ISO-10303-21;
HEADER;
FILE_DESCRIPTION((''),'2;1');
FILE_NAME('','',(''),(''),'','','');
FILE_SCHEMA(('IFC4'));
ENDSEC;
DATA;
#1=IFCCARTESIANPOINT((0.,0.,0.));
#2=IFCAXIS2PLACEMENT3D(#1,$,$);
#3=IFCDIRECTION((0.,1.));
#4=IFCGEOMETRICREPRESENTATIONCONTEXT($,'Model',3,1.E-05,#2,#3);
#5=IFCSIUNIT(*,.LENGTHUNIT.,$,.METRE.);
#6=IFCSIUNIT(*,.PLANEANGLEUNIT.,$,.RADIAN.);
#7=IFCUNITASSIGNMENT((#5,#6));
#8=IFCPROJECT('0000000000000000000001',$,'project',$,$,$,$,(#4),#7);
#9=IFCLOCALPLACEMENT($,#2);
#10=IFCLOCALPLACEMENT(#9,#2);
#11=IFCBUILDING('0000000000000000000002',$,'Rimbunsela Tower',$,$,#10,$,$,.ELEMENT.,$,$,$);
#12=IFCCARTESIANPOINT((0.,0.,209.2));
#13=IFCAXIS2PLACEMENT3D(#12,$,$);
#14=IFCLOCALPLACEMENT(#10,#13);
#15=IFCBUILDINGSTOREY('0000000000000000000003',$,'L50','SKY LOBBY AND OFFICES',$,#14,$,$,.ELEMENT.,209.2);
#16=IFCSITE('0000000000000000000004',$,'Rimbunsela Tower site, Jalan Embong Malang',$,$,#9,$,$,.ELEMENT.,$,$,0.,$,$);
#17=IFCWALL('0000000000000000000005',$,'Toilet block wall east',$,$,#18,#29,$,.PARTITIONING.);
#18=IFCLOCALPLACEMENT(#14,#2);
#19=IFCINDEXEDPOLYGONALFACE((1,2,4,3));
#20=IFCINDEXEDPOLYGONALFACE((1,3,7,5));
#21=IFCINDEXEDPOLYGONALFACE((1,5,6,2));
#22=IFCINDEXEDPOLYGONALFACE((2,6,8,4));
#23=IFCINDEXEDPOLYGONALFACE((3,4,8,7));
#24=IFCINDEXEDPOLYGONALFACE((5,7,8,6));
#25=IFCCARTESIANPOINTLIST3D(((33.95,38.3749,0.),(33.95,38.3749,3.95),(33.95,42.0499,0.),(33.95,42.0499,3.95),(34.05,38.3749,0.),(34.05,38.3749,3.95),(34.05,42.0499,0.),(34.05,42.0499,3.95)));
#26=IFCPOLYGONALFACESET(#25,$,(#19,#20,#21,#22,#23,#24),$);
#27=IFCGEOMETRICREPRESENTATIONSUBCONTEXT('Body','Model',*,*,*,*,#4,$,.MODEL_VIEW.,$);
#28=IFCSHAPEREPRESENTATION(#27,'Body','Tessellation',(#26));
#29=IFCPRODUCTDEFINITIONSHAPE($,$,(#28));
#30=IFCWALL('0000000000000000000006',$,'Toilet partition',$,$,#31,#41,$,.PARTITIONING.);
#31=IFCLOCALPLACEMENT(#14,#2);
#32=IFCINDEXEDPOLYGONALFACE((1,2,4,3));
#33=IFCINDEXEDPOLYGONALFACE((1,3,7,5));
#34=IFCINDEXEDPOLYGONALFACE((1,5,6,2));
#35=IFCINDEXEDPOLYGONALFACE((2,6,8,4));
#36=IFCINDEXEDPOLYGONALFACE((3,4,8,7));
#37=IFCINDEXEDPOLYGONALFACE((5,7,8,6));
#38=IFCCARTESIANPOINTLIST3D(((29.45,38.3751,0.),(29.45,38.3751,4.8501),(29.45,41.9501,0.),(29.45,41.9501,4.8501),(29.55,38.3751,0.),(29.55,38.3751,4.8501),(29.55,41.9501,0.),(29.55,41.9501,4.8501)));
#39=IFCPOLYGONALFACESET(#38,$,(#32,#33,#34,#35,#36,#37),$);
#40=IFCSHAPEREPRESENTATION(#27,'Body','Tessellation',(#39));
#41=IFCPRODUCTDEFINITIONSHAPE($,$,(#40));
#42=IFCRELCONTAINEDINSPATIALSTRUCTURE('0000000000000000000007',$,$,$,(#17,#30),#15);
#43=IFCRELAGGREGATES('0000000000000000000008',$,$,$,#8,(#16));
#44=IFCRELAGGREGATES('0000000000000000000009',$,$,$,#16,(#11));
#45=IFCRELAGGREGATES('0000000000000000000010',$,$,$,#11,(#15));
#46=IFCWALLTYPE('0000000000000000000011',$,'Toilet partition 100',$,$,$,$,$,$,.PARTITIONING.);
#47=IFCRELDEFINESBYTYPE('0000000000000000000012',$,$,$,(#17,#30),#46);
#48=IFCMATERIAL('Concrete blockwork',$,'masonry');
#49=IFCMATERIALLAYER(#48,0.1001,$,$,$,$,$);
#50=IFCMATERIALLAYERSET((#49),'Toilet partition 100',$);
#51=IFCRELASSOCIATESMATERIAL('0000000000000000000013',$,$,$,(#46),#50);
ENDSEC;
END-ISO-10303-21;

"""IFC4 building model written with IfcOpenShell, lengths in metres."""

from ifc_helpers import new_model, si_unit, direction, frame, frame_2d, origin, place, context, subcontext, project, spatial, rectangle, extrude, material, layer, layer_set, type_object, element, save


model = new_model("IFC4")

# Units and contexts
model_context = context("Model", 3, precision=1e-05, world=origin(), true_north=direction((0.0, 1.0)))
body_context = subcontext(model_context, "Body", "Model", "MODEL_VIEW")
ifc_project = project(units=[si_unit("LENGTHUNIT", "METRE"), si_unit("PLANEANGLEUNIT", "RADIAN")], contexts=[model_context])

# Site, building, storey
site_placement = place(None, origin())
site = spatial("IfcSite", under=ifc_project, at=site_placement, Name="Rimbunsela Tower site, Jalan Embong Malang", CompositionType="ELEMENT", RefElevation=0.0)
building_placement = place(site_placement, origin())
building = spatial("IfcBuilding", under=site, at=building_placement, Name="Rimbunsela Tower", CompositionType="ELEMENT")
storey_placement = place(building_placement, frame((0.0, 0.0, 209.2)))
storey = spatial("IfcBuildingStorey", under=building, at=storey_placement, Name="L50", Description="SKY LOBBY AND OFFICES", CompositionType="ELEMENT", Elevation=209.2)

# Walls
ifc_material_1 = material(Name="Concrete blockwork", Category="masonry")
ifc_layer_1 = layer(ifc_material_1, 0.1001)
ifc_layer_set_1 = layer_set([ifc_layer_1], Name="Toilet partition 100")
wall_type_1 = type_object("IfcWallType", Name="Toilet partition 100", PredefinedType="PARTITIONING", material=ifc_layer_set_1)
wall_1_placement = place(storey_placement, frame((34.0, 38.375, 0.0), z_axis=(0.0, 0.0, 1.0), x_axis=(0.0, 1.0, 0.0)))
element("IfcWall", 1, at=wall_1_placement, inside=storey, type_object=wall_type_1, Name="Toilet block wall east", PredefinedType="PARTITIONING", context=body_context, shape_type="SweptSolid", body=[
    extrude(rectangle(XDim=3.675, YDim=0.1001, at=frame_2d((1.8374, 0.0))), origin(), (0.0, 0.0, 1.0), 3.95),
])
wall_2_placement = place(storey_placement, frame((29.5, 38.375, 0.0), z_axis=(0.0, 0.0, 1.0), x_axis=(0.0, 1.0, 0.0)))
element("IfcWall", 2, at=wall_2_placement, inside=storey, type_object=wall_type_1, Name="Toilet partition", PredefinedType="PARTITIONING", context=body_context, shape_type="SweptSolid", body=[
    extrude(rectangle(XDim=3.575, YDim=0.1001, at=frame_2d((1.7876, 0.0))), origin(), (0.0, 0.0, 1.0), 4.8501),
])

save(model, "model.ifc")
